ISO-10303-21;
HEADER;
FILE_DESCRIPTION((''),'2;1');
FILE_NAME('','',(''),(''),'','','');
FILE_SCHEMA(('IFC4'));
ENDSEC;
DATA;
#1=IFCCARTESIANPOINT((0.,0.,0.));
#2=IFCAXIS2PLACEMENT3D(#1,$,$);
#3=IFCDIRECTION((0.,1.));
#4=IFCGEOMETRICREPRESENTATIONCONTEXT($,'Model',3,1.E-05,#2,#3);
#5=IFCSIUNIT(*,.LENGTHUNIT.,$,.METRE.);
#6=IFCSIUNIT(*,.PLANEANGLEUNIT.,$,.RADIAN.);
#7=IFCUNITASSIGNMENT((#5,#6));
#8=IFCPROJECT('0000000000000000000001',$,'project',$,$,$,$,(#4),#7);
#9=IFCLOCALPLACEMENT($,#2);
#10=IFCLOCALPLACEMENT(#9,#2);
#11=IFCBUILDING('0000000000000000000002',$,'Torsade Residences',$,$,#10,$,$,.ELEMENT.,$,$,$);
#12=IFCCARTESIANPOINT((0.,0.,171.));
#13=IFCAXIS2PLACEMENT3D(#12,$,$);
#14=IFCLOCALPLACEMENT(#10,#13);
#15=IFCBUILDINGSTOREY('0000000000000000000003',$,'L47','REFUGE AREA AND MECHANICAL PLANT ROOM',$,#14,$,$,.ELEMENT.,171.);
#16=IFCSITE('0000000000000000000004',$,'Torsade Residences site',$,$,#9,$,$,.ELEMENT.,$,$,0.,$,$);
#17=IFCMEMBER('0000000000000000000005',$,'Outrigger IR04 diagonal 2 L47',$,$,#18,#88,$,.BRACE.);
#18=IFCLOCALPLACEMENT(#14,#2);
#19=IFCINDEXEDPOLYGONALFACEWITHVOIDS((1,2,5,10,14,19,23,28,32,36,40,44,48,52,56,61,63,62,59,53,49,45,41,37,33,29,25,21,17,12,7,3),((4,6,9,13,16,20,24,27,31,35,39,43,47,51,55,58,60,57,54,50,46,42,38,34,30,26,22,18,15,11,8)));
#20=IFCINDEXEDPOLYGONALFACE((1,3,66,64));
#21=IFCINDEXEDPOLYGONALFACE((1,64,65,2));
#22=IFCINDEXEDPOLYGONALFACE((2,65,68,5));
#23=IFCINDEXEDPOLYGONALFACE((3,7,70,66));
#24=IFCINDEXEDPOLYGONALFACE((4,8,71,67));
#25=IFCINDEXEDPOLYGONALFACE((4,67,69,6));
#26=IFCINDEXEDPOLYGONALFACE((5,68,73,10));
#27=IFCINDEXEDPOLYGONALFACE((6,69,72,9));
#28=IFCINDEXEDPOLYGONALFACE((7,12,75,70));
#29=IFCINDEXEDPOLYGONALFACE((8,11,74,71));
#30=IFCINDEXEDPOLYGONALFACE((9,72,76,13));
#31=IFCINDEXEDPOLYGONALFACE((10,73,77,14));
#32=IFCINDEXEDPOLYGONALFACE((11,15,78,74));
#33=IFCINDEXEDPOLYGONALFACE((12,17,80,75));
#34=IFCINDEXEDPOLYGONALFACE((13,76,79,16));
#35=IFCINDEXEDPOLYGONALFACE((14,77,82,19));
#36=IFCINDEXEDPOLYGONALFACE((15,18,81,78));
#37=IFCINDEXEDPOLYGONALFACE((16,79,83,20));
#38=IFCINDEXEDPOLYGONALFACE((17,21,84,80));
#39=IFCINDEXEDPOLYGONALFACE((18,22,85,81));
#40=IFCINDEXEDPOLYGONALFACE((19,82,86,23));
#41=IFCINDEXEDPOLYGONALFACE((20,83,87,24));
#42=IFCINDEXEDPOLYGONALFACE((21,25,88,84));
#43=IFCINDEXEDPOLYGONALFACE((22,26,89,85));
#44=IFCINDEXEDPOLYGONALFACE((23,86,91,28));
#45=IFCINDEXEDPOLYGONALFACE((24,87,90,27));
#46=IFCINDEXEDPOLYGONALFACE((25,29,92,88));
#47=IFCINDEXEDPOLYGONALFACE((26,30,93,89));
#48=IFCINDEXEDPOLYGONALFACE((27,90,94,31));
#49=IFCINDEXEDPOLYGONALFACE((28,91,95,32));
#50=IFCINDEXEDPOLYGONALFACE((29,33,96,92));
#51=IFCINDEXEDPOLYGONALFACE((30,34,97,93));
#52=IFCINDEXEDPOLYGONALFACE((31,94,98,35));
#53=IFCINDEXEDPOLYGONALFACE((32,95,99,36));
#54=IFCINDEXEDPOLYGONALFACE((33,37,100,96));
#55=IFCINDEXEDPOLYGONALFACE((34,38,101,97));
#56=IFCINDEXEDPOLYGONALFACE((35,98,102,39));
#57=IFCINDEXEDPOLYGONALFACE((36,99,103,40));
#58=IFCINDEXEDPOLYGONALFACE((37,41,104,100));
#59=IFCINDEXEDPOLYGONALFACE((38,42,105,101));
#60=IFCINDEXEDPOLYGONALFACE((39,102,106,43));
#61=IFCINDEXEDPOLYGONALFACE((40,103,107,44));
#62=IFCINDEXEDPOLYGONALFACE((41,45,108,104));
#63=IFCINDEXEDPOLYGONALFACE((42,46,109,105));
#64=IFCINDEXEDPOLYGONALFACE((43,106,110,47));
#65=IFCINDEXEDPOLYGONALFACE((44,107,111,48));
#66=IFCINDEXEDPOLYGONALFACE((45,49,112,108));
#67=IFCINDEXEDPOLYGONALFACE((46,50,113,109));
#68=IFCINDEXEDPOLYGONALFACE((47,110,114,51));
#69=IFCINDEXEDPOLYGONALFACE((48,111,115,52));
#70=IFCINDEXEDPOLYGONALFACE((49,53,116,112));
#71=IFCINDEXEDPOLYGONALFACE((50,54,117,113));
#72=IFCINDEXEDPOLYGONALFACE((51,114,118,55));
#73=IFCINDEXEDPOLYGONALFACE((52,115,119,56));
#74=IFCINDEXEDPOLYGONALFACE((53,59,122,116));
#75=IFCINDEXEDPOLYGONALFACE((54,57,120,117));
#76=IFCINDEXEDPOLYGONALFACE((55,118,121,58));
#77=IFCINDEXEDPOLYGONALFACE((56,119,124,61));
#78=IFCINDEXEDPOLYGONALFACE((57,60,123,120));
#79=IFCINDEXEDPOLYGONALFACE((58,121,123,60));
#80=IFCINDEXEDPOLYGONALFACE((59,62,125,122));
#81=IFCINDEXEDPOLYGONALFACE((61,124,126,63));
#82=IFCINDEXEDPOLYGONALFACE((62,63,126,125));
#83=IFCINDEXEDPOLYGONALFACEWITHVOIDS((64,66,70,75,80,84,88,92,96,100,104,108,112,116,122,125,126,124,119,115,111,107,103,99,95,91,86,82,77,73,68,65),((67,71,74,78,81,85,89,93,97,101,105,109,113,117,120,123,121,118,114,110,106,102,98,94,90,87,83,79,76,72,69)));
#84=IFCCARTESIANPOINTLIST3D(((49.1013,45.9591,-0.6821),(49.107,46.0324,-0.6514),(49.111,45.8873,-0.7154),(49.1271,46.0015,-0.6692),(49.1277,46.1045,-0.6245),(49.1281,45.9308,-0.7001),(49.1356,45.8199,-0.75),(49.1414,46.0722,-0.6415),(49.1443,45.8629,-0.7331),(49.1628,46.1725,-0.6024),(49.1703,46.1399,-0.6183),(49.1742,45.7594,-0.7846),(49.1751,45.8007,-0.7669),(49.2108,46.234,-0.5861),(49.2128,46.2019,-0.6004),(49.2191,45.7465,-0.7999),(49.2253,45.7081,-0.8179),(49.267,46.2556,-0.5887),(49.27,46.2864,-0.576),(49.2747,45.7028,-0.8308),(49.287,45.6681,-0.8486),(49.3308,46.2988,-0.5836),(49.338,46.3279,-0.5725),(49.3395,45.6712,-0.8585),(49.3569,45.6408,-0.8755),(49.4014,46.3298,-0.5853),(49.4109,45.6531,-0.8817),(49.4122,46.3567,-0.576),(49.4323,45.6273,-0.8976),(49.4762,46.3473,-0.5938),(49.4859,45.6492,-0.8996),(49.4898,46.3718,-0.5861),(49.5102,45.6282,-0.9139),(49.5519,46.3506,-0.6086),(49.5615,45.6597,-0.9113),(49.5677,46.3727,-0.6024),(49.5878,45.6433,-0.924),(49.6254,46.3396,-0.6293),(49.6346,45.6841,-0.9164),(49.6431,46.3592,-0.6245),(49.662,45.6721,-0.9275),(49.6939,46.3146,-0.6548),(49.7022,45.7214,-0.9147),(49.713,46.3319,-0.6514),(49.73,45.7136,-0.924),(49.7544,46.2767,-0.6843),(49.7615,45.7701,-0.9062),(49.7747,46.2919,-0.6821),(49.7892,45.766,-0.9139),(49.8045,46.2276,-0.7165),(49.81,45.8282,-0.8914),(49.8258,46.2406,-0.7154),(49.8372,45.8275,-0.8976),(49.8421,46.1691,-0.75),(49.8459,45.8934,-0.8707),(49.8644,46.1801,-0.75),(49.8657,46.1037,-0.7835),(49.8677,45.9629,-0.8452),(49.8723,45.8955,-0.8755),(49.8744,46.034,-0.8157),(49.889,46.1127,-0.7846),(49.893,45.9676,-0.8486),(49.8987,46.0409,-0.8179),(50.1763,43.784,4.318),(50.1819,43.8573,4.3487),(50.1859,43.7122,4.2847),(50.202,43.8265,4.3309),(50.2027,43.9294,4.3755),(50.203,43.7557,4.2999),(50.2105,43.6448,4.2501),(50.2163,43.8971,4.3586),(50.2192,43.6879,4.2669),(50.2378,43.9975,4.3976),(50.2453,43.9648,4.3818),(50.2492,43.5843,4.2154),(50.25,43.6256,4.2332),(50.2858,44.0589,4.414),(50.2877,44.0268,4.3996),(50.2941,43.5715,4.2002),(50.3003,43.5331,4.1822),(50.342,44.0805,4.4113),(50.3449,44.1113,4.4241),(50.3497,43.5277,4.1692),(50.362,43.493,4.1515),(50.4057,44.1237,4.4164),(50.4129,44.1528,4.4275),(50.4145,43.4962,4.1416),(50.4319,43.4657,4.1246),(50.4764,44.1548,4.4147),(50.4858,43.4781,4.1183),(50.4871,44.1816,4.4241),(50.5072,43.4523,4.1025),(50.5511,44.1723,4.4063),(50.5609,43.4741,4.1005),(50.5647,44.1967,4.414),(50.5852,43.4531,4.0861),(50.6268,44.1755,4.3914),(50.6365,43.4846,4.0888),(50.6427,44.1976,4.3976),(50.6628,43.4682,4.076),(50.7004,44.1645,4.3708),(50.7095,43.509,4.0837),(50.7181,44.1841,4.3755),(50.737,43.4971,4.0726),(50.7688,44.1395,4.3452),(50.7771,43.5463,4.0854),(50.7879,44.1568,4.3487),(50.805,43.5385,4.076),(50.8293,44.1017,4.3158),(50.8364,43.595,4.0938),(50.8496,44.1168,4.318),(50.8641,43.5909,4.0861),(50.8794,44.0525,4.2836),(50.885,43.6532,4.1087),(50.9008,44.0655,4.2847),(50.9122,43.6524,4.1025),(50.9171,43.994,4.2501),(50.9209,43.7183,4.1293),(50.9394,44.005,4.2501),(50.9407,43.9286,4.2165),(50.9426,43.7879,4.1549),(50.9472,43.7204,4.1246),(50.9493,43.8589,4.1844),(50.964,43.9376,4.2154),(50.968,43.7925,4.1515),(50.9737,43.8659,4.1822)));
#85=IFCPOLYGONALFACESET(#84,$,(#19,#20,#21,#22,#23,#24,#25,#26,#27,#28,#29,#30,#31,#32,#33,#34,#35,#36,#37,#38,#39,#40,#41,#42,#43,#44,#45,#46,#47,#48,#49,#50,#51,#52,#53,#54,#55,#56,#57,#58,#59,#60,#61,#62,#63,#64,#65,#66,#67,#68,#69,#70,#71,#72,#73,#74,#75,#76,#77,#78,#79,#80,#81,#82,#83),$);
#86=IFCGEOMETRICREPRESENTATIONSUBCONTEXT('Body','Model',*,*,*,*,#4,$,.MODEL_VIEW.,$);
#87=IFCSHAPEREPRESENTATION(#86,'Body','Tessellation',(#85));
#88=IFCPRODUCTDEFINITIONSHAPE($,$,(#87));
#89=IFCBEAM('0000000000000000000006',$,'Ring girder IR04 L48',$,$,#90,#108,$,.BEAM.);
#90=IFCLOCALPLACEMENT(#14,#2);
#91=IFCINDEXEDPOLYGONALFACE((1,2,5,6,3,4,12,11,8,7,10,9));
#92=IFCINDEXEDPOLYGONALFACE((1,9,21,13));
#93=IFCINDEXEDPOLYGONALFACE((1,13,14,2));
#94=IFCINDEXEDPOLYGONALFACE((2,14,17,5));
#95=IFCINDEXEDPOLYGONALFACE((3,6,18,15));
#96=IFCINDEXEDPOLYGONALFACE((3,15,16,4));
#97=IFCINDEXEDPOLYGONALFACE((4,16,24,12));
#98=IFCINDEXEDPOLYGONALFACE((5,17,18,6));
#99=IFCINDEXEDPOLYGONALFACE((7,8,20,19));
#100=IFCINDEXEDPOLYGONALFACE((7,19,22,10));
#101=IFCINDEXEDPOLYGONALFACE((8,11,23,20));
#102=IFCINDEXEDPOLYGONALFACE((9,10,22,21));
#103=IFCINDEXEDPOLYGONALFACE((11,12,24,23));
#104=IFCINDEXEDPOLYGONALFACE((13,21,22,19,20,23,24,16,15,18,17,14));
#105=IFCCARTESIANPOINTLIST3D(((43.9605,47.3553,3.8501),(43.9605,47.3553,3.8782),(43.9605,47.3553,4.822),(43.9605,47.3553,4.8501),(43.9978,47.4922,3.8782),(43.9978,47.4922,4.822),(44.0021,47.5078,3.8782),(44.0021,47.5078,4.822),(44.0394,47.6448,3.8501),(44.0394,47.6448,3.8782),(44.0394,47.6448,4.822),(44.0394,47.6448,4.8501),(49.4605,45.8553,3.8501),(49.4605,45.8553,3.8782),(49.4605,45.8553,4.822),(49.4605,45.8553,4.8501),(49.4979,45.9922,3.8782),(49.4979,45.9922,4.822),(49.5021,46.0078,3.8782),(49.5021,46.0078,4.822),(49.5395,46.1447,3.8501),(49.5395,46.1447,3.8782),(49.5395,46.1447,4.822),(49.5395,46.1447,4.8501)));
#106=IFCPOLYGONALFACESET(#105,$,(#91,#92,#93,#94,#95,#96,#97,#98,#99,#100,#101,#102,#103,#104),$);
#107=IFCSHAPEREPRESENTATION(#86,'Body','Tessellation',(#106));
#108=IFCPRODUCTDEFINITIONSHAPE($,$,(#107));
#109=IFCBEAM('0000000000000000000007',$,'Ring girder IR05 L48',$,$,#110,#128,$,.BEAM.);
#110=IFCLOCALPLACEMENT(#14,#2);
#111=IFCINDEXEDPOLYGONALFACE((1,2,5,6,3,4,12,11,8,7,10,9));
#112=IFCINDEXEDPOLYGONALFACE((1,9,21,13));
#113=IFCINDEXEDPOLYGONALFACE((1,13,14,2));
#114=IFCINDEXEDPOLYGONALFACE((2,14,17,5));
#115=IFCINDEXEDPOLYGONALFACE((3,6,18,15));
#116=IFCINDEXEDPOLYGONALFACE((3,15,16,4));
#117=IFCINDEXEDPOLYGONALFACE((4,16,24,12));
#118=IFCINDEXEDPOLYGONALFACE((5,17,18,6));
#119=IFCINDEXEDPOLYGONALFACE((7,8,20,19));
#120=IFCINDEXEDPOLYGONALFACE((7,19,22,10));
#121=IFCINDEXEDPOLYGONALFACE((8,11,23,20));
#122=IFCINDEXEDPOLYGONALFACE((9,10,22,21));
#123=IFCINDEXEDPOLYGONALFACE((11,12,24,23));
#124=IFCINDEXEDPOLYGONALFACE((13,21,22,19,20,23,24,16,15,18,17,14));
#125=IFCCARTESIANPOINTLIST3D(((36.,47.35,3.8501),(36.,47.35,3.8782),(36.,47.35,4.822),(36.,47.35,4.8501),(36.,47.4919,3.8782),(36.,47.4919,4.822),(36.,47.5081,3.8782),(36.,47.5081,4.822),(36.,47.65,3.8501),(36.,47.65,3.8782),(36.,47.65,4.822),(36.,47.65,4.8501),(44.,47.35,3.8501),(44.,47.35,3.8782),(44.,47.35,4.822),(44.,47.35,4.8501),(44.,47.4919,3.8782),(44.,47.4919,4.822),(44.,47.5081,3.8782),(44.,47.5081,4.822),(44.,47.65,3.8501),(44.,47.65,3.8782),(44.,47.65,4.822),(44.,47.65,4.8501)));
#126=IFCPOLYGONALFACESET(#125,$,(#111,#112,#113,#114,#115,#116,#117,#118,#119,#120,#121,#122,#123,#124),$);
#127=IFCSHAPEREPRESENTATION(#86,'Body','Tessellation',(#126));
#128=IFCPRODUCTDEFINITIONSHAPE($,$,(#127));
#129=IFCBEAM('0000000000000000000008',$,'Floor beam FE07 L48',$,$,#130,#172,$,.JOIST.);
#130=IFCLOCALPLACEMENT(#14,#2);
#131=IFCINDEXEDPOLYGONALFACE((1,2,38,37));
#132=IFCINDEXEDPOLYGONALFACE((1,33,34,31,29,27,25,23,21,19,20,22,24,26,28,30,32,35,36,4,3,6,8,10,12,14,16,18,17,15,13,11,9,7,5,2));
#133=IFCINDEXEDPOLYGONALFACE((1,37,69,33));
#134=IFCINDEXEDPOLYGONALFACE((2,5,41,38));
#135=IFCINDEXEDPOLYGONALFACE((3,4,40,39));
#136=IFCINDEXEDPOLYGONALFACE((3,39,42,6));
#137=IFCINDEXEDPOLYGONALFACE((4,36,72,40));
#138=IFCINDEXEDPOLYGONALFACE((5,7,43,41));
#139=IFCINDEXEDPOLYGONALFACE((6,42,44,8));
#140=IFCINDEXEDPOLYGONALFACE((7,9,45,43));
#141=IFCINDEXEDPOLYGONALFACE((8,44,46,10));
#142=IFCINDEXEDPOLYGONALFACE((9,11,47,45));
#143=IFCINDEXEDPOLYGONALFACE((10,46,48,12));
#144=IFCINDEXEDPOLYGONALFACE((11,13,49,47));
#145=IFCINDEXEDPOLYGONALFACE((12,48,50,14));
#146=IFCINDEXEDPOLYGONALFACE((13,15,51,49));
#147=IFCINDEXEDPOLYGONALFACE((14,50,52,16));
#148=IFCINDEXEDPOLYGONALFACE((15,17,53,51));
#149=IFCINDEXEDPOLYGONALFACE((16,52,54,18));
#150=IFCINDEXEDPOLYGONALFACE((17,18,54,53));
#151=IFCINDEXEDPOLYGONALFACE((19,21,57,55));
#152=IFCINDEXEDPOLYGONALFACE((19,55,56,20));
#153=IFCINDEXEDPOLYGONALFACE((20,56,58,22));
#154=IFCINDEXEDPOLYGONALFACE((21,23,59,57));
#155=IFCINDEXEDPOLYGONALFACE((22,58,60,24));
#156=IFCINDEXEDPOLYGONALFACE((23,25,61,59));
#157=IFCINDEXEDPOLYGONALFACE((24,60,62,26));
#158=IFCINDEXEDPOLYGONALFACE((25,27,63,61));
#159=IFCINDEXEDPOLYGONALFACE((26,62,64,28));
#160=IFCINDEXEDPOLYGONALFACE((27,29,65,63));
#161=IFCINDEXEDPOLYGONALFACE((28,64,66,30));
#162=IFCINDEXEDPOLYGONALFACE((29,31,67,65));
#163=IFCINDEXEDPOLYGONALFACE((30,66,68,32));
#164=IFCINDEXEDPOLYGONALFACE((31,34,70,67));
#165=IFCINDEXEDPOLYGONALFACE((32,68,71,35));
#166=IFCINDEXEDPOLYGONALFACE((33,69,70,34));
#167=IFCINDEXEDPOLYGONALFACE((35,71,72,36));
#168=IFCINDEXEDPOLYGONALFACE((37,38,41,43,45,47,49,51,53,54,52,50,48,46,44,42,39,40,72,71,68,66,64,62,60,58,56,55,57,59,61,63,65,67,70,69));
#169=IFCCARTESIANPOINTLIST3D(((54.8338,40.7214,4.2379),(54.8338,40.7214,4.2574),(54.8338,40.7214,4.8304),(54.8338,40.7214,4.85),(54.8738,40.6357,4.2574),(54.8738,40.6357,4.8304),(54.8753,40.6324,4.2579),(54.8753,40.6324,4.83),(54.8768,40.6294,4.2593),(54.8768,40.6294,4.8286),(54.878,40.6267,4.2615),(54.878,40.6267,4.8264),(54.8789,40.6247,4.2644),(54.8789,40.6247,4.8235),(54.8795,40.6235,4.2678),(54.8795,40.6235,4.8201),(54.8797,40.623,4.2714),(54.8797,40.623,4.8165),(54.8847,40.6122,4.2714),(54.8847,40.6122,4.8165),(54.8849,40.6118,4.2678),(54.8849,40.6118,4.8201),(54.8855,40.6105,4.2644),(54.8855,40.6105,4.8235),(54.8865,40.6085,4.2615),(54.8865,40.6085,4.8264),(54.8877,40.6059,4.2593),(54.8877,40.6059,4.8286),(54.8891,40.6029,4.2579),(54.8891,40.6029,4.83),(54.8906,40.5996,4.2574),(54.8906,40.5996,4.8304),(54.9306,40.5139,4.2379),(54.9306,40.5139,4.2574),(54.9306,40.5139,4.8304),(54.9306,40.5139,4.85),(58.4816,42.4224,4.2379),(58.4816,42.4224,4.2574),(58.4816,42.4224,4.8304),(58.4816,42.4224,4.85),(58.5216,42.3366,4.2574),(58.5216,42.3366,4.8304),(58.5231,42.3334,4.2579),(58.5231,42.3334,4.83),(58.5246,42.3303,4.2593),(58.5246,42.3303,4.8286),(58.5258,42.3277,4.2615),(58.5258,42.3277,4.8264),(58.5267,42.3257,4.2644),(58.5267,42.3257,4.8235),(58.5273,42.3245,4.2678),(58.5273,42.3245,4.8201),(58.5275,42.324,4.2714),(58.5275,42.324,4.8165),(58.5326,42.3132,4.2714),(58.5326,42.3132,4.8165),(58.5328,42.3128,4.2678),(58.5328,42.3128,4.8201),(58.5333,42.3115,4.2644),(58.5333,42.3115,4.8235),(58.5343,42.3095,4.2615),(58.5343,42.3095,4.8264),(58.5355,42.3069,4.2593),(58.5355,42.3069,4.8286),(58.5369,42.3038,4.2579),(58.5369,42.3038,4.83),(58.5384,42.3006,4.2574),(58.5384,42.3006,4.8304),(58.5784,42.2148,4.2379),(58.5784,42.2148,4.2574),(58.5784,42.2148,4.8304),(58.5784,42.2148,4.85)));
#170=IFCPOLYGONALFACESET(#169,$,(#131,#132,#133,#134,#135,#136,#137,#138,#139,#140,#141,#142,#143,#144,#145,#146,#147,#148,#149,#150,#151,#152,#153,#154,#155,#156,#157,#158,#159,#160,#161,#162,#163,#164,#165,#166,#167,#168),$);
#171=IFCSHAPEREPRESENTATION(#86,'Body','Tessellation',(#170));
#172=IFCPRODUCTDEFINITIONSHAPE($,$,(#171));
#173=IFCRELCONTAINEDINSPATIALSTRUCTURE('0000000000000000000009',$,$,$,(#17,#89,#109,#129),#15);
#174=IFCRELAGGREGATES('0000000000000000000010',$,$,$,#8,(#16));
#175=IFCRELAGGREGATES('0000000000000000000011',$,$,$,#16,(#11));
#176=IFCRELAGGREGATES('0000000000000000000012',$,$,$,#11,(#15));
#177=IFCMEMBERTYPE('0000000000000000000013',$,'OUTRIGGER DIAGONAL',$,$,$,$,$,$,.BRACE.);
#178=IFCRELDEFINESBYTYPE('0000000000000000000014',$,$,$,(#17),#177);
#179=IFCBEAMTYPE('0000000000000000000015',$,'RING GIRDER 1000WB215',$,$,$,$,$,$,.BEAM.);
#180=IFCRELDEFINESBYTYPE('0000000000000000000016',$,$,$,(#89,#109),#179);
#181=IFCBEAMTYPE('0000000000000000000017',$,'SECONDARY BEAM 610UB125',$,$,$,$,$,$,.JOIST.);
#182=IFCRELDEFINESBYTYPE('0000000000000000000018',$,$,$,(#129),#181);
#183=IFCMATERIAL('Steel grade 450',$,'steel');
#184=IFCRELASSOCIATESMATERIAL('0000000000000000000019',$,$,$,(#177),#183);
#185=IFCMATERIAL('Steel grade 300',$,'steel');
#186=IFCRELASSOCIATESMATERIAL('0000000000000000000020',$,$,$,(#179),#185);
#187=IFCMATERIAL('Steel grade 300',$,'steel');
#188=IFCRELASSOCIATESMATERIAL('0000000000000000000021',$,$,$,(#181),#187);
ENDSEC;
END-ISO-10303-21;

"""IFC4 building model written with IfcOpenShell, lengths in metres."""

from ifc_helpers import new_model, si_unit, direction, frame, origin, origin_2d, place, context, subcontext, project, spatial, hollow_circle, i_section, extrude, material, material_profile, profile_set, type_object, element, save


model = new_model("IFC4")

# Units and contexts
model_context = context("Model", 3, precision=1e-05, world=origin(), true_north=direction((0.0, 1.0)))
body_context = subcontext(model_context, "Body", "Model", "MODEL_VIEW")
ifc_project = project(units=[si_unit("LENGTHUNIT", "METRE"), si_unit("PLANEANGLEUNIT", "RADIAN")], contexts=[model_context])

# Site, building, storey
site_placement = place(None, origin())
site = spatial("IfcSite", under=ifc_project, at=site_placement, Name="Torsade Residences site", CompositionType="ELEMENT", RefElevation=0.0)
building_placement = place(site_placement, origin())
building = spatial("IfcBuilding", under=site, at=building_placement, Name="Torsade Residences", CompositionType="ELEMENT")
storey_placement = place(building_placement, frame((0.0, 0.0, 171.0)))
storey = spatial("IfcBuildingStorey", under=building, at=storey_placement, Name="L47", Description="REFUGE AREA AND MECHANICAL PLANT ROOM", CompositionType="ELEMENT", Elevation=171.0)

# Member
ifc_material_1 = material(Name="Steel grade 450", Category="steel")
ifc_material_profile_1 = material_profile(ifc_material_1, hollow_circle(Radius=0.4065, WallThickness=0.0249, at=origin_2d()), Name="813.0x25.0CHS")
ifc_profile_set_1 = profile_set([ifc_material_profile_1], Name="Steel grade 450")
member_type_1 = type_object("IfcMemberType", Name="OUTRIGGER DIAGONAL", PredefinedType="BRACE", material=ifc_profile_set_1)
member_1_placement = place(storey_placement, frame((49.5, 46.0, -0.75), z_axis=(0.193422, -0.391368, 0.899677), x_axis=(0.896491, 0.443063, 0.0)))
element("IfcMember", 1, at=member_1_placement, inside=storey, type_object=member_type_1, Name="Outrigger IR04 diagonal 2 L47", PredefinedType="BRACE", context=body_context, shape_type="SweptSolid", body=[
    extrude(hollow_circle(Radius=0.4065, WallThickness=0.0249, at=origin_2d()), origin(), (0.0, 0.0, 1.0), 5.5576),
])

# Beams
ifc_material_2 = material(Name="Steel grade 300", Category="steel")
ifc_material_profile_2 = material_profile(ifc_material_2, i_section(OverallWidth=0.3, OverallDepth=1.0, WebThickness=0.0161, FlangeThickness=0.0281, at=origin_2d()), Name="1000WB215")
ifc_profile_set_2 = profile_set([ifc_material_profile_2], Name="Steel grade 300")
beam_type_1 = type_object("IfcBeamType", Name="RING GIRDER 1000WB215", PredefinedType="BEAM", material=ifc_profile_set_2)
beam_1_placement = place(storey_placement, frame((49.5, 46.0, 4.3501), z_axis=(-0.964764, 0.263117, 0.0), x_axis=(-0.263117, -0.964764, 0.0)))
element("IfcBeam", 2, at=beam_1_placement, inside=storey, type_object=beam_type_1, Name="Ring girder IR04 L48", PredefinedType="BEAM", context=body_context, shape_type="SweptSolid", body=[
    extrude(i_section(OverallWidth=0.3, OverallDepth=1.0, WebThickness=0.0161, FlangeThickness=0.0281, at=origin_2d()), origin(), (0.0, 0.0, 1.0), 5.7009),
])
beam_2_placement = place(storey_placement, frame((44.0, 47.5, 4.3501), z_axis=(-1.0, 0.0, 0.0), x_axis=(0.0, -1.0, 0.0)))
element("IfcBeam", 3, at=beam_2_placement, inside=storey, type_object=beam_type_1, Name="Ring girder IR05 L48", PredefinedType="BEAM", context=body_context, shape_type="SweptSolid", body=[
    extrude(i_section(OverallWidth=0.3, OverallDepth=1.0, WebThickness=0.0161, FlangeThickness=0.0281, at=origin_2d()), origin(), (0.0, 0.0, 1.0), 8.0),
])
ifc_material_3 = material(Name="Steel grade 300", Category="steel")
ifc_material_profile_3 = material_profile(ifc_material_3, i_section(OverallWidth=0.229, OverallDepth=0.6121, WebThickness=0.012, FlangeThickness=0.0195, FilletRadius=0.0139, at=origin_2d()), Name="610UB125")
ifc_profile_set_3 = profile_set([ifc_material_profile_3], Name="Steel grade 300")
beam_type_2 = type_object("IfcBeamType", Name="SECONDARY BEAM 610UB125", PredefinedType="JOIST", material=ifc_profile_set_3)
beam_3_placement = place(storey_placement, frame((58.53, 42.3186, 4.5439), z_axis=(-0.90631, -0.422613, 0.0), x_axis=(0.422613, -0.90631, 0.0)))
element("IfcBeam", 4, at=beam_3_placement, inside=storey, type_object=beam_type_2, Name="Floor beam FE07 L48", PredefinedType="JOIST", context=body_context, shape_type="SweptSolid", body=[
    extrude(i_section(OverallWidth=0.229, OverallDepth=0.6121, WebThickness=0.012, FlangeThickness=0.0195, FilletRadius=0.0139, at=origin_2d()), origin(), (0.0, 0.0, 1.0), 4.0249),
])

save(model, "model.ifc")
